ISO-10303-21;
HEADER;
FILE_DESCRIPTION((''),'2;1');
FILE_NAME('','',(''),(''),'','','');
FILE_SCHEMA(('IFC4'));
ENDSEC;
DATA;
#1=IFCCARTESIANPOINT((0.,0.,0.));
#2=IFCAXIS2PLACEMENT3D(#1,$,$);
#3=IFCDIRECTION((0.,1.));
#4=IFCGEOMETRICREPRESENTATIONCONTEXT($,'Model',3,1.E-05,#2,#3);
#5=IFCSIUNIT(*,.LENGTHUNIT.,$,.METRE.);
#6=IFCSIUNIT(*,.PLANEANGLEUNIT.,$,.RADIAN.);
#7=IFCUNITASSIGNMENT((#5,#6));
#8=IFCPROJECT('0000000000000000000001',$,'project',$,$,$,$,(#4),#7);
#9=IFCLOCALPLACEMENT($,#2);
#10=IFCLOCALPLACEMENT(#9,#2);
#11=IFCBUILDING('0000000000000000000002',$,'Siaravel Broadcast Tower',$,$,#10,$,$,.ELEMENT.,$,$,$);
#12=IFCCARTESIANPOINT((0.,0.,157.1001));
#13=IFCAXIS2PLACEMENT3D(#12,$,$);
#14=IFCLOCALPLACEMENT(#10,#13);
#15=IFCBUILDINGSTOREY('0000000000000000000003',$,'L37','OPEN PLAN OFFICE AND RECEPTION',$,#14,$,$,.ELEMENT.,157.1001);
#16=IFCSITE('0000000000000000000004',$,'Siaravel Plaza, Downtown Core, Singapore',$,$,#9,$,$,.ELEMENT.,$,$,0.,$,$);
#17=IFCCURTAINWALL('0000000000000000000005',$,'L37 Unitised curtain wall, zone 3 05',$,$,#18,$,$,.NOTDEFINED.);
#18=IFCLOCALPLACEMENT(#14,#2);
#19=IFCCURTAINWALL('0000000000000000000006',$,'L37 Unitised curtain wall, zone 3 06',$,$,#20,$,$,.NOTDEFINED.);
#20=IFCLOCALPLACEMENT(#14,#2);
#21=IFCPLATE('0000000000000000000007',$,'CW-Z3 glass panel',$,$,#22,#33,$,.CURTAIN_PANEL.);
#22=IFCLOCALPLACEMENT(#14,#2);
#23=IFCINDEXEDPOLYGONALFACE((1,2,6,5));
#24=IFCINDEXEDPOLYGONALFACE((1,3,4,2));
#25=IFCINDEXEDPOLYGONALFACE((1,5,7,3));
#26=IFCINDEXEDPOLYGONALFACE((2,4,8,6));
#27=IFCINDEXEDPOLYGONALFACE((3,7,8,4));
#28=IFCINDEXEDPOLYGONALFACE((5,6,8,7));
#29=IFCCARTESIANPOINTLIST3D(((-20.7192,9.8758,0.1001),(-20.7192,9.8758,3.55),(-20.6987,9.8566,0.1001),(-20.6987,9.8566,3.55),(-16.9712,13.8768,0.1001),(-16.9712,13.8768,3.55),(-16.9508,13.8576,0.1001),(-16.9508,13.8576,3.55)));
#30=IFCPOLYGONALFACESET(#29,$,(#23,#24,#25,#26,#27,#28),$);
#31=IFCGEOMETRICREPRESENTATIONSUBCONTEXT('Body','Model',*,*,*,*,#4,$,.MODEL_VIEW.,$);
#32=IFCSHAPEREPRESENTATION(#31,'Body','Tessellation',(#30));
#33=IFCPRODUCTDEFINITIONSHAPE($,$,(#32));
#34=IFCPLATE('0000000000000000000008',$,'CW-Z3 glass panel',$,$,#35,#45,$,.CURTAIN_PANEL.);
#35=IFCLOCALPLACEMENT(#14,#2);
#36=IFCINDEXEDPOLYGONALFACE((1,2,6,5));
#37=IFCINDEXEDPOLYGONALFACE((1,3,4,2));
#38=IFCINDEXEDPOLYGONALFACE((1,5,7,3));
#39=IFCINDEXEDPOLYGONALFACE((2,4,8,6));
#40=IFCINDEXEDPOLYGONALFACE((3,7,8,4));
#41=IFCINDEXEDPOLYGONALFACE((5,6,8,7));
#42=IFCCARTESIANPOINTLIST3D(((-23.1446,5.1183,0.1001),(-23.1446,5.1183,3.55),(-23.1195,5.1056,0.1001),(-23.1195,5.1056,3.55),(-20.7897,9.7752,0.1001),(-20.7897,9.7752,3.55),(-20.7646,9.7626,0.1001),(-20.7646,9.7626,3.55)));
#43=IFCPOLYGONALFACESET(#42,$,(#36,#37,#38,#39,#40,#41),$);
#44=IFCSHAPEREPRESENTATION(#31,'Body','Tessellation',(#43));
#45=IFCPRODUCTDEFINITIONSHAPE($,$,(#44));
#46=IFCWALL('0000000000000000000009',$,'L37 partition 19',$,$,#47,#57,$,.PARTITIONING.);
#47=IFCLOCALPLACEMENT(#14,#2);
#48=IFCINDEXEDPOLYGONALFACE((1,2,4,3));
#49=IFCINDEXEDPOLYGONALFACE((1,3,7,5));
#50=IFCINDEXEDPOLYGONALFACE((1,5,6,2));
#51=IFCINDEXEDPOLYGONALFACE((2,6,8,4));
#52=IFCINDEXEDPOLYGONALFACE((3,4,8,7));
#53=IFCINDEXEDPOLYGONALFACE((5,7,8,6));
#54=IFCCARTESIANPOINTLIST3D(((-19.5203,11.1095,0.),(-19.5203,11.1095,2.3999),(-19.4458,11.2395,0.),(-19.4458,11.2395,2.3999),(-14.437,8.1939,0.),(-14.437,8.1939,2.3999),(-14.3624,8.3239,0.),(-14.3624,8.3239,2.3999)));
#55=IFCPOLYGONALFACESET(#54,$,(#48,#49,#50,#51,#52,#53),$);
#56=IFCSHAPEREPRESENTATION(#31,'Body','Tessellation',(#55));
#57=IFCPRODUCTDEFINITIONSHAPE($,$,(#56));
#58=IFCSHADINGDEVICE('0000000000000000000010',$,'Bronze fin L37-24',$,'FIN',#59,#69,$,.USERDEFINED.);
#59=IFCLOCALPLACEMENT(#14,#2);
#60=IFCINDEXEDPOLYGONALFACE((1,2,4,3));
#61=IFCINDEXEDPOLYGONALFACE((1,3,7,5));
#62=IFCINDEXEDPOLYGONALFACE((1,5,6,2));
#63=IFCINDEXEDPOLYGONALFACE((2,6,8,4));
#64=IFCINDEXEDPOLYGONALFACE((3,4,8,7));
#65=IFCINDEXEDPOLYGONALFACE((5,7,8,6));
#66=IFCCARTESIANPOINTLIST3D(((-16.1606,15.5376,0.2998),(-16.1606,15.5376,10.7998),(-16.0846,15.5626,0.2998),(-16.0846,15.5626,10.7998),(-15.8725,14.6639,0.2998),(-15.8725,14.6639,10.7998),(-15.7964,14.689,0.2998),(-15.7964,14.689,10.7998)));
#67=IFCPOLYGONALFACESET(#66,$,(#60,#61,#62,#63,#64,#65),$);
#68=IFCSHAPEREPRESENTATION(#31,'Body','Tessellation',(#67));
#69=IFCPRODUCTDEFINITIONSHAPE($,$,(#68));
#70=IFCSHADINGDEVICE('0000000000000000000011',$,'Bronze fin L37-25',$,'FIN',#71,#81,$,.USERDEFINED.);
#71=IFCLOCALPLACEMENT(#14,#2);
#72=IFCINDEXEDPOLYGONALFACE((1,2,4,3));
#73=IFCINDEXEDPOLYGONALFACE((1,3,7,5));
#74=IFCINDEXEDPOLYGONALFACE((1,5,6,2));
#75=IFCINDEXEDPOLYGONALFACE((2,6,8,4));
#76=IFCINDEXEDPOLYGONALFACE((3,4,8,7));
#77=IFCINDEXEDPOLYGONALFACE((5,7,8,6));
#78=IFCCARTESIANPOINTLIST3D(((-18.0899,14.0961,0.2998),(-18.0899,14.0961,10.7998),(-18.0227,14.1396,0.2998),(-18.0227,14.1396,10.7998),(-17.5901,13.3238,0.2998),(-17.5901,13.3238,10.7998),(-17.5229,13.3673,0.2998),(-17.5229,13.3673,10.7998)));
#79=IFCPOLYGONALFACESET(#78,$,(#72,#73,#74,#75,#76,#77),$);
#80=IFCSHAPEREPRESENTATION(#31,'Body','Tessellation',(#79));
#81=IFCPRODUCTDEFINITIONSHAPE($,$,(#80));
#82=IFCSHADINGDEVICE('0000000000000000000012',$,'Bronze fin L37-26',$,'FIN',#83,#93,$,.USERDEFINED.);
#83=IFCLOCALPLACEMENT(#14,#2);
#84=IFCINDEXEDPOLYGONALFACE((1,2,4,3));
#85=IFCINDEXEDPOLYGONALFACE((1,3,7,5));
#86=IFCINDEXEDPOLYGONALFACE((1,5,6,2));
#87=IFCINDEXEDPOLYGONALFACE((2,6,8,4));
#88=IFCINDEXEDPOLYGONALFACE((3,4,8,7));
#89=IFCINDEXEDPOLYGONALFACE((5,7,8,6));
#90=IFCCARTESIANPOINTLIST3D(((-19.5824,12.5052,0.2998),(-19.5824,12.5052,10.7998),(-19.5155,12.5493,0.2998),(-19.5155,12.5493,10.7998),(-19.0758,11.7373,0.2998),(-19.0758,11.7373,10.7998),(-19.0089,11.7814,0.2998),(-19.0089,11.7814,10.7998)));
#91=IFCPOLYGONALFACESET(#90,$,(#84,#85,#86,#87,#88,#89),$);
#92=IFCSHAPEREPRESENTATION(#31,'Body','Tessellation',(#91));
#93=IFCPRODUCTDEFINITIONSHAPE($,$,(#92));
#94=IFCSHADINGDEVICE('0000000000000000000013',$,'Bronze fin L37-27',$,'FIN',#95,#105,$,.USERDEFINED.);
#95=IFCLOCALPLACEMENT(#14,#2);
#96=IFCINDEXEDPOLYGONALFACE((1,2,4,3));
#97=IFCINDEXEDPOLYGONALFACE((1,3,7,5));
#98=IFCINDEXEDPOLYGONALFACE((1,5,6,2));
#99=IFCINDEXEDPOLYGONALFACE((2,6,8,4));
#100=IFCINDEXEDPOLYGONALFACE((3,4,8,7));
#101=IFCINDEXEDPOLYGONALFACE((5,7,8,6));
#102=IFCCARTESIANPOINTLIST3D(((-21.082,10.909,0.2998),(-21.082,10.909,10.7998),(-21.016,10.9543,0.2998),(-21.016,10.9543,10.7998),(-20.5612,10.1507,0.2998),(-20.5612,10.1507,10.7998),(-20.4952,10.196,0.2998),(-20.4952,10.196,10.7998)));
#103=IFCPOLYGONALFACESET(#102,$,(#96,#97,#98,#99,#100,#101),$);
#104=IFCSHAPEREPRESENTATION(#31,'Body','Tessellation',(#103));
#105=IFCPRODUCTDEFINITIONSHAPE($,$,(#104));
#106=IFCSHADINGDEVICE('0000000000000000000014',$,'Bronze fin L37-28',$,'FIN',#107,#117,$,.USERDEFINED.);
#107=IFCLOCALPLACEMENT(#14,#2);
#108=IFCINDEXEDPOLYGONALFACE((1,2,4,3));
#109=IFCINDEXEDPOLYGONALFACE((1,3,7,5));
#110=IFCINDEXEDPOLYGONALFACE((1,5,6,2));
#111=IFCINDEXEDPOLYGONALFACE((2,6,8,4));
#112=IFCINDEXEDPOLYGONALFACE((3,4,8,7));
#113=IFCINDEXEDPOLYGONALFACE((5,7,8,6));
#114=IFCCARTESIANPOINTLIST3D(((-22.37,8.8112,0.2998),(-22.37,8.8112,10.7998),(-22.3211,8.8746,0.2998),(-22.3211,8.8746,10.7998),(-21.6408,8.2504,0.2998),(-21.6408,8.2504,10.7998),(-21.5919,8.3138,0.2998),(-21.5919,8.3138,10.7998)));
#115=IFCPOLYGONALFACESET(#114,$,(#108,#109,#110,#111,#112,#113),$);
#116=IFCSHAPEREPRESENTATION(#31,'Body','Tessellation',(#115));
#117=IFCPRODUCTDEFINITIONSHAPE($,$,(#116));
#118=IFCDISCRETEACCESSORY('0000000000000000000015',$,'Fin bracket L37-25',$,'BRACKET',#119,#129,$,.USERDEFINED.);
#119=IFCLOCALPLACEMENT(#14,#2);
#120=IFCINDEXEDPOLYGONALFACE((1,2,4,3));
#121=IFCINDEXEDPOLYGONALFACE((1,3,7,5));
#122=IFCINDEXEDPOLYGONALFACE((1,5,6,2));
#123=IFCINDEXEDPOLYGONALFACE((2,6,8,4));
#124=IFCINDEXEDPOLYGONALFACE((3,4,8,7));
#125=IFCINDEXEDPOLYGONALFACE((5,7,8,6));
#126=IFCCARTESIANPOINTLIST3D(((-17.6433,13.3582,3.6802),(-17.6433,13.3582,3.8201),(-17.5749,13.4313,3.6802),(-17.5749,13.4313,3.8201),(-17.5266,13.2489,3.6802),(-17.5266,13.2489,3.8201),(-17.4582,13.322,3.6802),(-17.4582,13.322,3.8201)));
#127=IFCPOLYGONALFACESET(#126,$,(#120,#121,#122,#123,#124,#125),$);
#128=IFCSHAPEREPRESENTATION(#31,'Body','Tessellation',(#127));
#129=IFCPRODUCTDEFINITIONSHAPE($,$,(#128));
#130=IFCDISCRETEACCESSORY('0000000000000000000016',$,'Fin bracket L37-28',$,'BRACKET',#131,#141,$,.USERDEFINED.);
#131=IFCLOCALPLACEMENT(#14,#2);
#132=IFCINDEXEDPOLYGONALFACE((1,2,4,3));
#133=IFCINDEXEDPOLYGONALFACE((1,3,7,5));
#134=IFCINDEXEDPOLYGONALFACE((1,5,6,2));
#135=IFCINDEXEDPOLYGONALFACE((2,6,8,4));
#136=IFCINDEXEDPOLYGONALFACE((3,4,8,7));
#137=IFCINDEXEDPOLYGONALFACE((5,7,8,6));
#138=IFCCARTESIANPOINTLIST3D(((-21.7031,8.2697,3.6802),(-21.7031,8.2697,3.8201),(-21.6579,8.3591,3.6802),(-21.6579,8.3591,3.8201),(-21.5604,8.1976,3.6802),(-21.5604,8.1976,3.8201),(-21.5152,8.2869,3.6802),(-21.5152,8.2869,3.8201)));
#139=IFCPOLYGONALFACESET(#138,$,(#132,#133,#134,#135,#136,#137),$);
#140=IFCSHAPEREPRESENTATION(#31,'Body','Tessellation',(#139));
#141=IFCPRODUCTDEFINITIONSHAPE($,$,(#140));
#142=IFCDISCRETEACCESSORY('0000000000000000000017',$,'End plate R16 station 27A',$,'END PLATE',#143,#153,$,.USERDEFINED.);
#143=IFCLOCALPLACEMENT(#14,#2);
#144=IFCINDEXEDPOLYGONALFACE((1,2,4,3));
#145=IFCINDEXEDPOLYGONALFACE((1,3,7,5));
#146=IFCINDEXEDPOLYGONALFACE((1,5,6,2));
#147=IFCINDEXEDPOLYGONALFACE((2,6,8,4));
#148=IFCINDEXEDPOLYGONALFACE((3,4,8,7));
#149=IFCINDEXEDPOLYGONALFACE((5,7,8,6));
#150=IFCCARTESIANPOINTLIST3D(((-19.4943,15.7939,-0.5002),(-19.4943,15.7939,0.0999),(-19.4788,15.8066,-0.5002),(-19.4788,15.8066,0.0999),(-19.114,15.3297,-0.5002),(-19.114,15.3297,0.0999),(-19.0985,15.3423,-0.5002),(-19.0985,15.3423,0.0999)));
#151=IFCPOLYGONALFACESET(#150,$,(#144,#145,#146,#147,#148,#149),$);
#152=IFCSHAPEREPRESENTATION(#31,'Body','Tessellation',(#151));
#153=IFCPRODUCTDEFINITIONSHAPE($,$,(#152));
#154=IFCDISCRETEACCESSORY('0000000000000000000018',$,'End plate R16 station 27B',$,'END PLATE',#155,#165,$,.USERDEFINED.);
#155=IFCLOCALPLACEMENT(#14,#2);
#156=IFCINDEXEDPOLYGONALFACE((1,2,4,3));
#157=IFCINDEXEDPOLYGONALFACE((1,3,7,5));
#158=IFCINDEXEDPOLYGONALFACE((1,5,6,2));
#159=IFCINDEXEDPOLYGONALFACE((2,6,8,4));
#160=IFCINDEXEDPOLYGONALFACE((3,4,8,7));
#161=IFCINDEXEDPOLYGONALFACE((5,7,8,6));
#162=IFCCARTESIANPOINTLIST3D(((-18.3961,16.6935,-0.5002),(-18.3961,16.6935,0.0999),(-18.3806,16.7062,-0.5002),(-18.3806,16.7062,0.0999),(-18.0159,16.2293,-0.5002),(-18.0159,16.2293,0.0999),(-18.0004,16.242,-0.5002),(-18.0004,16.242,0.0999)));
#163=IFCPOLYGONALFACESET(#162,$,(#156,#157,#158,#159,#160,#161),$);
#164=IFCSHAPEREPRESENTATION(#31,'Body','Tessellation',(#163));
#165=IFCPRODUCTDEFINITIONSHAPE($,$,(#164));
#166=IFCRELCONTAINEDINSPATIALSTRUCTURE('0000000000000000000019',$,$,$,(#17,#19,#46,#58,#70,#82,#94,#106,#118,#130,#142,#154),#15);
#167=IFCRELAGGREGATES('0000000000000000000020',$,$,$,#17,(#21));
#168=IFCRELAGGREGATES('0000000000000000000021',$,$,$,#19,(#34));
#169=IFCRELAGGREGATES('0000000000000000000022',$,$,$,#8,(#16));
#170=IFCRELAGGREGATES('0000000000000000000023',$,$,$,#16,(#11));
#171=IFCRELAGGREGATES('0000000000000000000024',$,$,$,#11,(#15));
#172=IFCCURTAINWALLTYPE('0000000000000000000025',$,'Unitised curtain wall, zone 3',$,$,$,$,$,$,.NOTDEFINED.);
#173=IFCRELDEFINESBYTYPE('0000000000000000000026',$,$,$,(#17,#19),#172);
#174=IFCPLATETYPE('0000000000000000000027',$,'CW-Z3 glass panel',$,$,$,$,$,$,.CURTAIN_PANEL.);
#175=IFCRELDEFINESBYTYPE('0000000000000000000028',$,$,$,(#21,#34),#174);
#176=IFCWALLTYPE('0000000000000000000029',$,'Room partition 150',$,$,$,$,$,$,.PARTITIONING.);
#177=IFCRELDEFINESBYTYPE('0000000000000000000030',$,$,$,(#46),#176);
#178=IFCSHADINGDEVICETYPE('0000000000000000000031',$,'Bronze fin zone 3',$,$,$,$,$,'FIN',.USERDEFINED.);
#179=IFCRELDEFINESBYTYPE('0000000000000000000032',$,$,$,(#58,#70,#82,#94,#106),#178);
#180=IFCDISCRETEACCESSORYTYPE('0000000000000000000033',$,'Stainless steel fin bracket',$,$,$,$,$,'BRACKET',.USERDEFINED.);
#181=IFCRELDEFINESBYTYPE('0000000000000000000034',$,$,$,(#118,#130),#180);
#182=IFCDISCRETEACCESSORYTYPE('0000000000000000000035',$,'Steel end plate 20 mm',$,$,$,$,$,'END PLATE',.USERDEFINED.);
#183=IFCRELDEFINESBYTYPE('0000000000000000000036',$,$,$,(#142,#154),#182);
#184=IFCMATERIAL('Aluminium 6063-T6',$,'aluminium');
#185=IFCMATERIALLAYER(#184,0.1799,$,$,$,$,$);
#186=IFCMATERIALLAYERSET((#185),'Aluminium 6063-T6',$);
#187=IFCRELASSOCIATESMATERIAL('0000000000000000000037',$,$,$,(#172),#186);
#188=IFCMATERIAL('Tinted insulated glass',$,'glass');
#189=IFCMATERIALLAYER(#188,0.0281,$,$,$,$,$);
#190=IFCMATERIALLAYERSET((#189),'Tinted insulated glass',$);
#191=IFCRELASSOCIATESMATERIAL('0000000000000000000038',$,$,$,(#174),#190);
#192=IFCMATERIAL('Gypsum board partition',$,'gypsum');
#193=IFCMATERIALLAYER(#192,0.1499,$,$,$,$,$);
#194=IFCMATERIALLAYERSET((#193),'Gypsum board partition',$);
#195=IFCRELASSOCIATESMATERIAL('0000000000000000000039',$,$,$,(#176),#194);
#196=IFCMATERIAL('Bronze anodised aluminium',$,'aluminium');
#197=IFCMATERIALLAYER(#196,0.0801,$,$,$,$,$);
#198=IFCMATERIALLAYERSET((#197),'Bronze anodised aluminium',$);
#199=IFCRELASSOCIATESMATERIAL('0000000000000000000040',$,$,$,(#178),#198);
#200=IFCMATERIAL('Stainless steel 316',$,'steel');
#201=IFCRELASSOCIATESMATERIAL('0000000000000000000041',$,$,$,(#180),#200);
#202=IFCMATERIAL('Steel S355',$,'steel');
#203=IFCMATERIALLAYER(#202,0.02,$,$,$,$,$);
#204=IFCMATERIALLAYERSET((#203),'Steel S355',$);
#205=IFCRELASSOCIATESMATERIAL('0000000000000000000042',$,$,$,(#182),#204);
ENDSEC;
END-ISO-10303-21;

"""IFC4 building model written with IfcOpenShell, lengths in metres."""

from ifc_helpers import new_model, si_unit, direction, frame, frame_2d, origin, origin_2d, place, context, subcontext, project, spatial, rectangle, extrude, material, layer, layer_set, type_object, element, aggregate, save


model = new_model("IFC4")

# Units and contexts
model_context = context("Model", 3, precision=1e-05, world=origin(), true_north=direction((0.0, 1.0)))
body_context = subcontext(model_context, "Body", "Model", "MODEL_VIEW")
ifc_project = project(units=[si_unit("LENGTHUNIT", "METRE"), si_unit("PLANEANGLEUNIT", "RADIAN")], contexts=[model_context])

# Site, building, storey
site_placement = place(None, origin())
site = spatial("IfcSite", under=ifc_project, at=site_placement, Name="Siaravel Plaza, Downtown Core, Singapore", CompositionType="ELEMENT", RefElevation=0.0)
building_placement = place(site_placement, origin())
building = spatial("IfcBuilding", under=site, at=building_placement, Name="Siaravel Broadcast Tower", CompositionType="ELEMENT")
storey_placement = place(building_placement, frame((0.0, 0.0, 157.1001)))
storey = spatial("IfcBuildingStorey", under=building, at=storey_placement, Name="L37", Description="OPEN PLAN OFFICE AND RECEPTION", CompositionType="ELEMENT", Elevation=157.1001)

# Shared definitions
ifc_material_1 = material(Name="Steel S355", Category="steel")

# Curtain wall
ifc_material_2 = material(Name="Aluminium 6063-T6", Category="aluminium")
ifc_layer_1 = layer(ifc_material_2, 0.1799)
ifc_layer_set_1 = layer_set([ifc_layer_1], Name="Aluminium 6063-T6")
curtain_wall_type = type_object("IfcCurtainWallType", Name="Unitised curtain wall, zone 3", PredefinedType="NOTDEFINED", material=ifc_layer_set_1)
curtain_wall_1_placement = place(storey_placement, origin())
curtain_wall_1 = element("IfcCurtainWall", 1, at=curtain_wall_1_placement, inside=storey, type_object=curtain_wall_type, Name="L37 Unitised curtain wall, zone 3 05", PredefinedType="NOTDEFINED")

# Curtain wall
curtain_wall_2_placement = place(storey_placement, origin())
curtain_wall_2 = element("IfcCurtainWall", 2, at=curtain_wall_2_placement, inside=storey, type_object=curtain_wall_type, Name="L37 Unitised curtain wall, zone 3 06", PredefinedType="NOTDEFINED")

# Plates
ifc_material_3 = material(Name="Tinted insulated glass", Category="glass")
ifc_layer_2 = layer(ifc_material_3, 0.0281)
ifc_layer_set_2 = layer_set([ifc_layer_2], Name="Tinted insulated glass")
plate_type = type_object("IfcPlateType", Name="CW-Z3 glass panel", PredefinedType="CURTAIN_PANEL", material=ifc_layer_set_2)
plate_1_placement = place(storey_placement, frame((-18.835, 11.8667, 0.1001), z_axis=(0.0, 0.0, 1.0), x_axis=(-0.683654, -0.729806, 0.0)))
plate_1 = element("IfcPlate", 3, at=plate_1_placement, type_object=plate_type, Name="CW-Z3 glass panel", PredefinedType="CURTAIN_PANEL", context=body_context, shape_type="SweptSolid", body=[
    extrude(rectangle(XDim=5.4822, YDim=0.0281, at=origin_2d()), origin(), (0.0, 0.0, 1.0), 3.45),
])
aggregate(curtain_wall_1, [plate_1])
plate_2_placement = place(storey_placement, frame((-21.9546, 7.4404, 0.1001), z_axis=(0.0, 0.0, 1.0), x_axis=(-0.45126, -0.892393, 0.0)))
plate_2 = element("IfcPlate", 4, at=plate_2_placement, type_object=plate_type, Name="CW-Z3 glass panel", PredefinedType="CURTAIN_PANEL", context=body_context, shape_type="SweptSolid", body=[
    extrude(rectangle(XDim=5.2185, YDim=0.0281, at=origin_2d()), origin(), (0.0, 0.0, 1.0), 3.45),
])
aggregate(curtain_wall_2, [plate_2])

# Wall
ifc_material_4 = material(Name="Gypsum board partition", Category="gypsum")
ifc_layer_3 = layer(ifc_material_4, 0.1499)
ifc_layer_set_3 = layer_set([ifc_layer_3], Name="Gypsum board partition")
wall_type = type_object("IfcWallType", Name="Room partition 150", PredefinedType="PARTITIONING", material=ifc_layer_set_3)
wall_placement = place(storey_placement, frame((-19.4832, 11.1746, 0.0), z_axis=(0.0, 0.0, 1.0), x_axis=(0.867447, -0.497529, 0.0)))
element("IfcWall", 5, at=wall_placement, inside=storey, type_object=wall_type, Name="L37 partition 19", PredefinedType="PARTITIONING", context=body_context, shape_type="SweptSolid", body=[
    extrude(rectangle(XDim=5.8601, YDim=0.1499, at=frame_2d((2.9302, 0.0))), origin(), (0.0, 0.0, 1.0), 2.3999),
])

# Shading devices
ifc_material_5 = material(Name="Bronze anodised aluminium", Category="aluminium")
ifc_layer_4 = layer(ifc_material_5, 0.0801)
ifc_layer_set_4 = layer_set([ifc_layer_4], Name="Bronze anodised aluminium")
shading_device_type = type_object("IfcShadingDeviceType", Name="Bronze fin zone 3", ElementType="FIN", PredefinedType="USERDEFINED", material=ifc_layer_set_4)
for number, where, z_axis, x_axis, name in (
    (6, (-15.9785, 15.1133, 0.2998), (0.0, 0.0, 1.0), (-0.313228, 0.949678, 0.0), "Bronze fin L37-24"),
    (7, (-17.8064, 13.7317, 0.2998), (0.0, 0.0, 1.0), (-0.54332, 0.839526, 0.0), "Bronze fin L37-25"),
    (8, (-19.2957, 12.1433, 0.2998), (0.0, 0.0, 1.0), (-0.550721, 0.834689, 0.0), "Bronze fin L37-26"),
    (9, (-20.7886, 10.5525, 0.2998), (0.0, 0.0, 1.0), (-0.566166, 0.824291, 0.0), "Bronze fin L37-27"),
    (10, (-21.981, 8.5625, 0.2998), (0.0, 0.0, 1.0), (-0.79268, 0.609638, 0.0), "Bronze fin L37-28"),
):
    element("IfcShadingDevice", number, at=place(storey_placement, frame(where, z_axis=z_axis, x_axis=x_axis)), inside=storey, type_object=shading_device_type, Name=name, ObjectType="FIN", PredefinedType="USERDEFINED", context=body_context, shape_type="SweptSolid", body=[
        extrude(rectangle(XDim=0.9199, YDim=0.0801, at=origin_2d()), origin(), (0.0, 0.0, 1.0), 10.5),
    ])

# Discrete accessories
ifc_material_6 = material(Name="Stainless steel 316", Category="steel")
discrete_accessory_type_1 = type_object("IfcDiscreteAccessoryType", Name="Stainless steel fin bracket", ElementType="BRACKET", PredefinedType="USERDEFINED", material=ifc_material_6)
for number, where, z_axis, x_axis, name in (
    (11, (-17.5508, 13.3401, 3.6802), (0.0, 0.0, 1.0), (-0.729806, 0.683655, 0.0), "Fin bracket L37-25"),
    (12, (-21.6091, 8.2783, 3.6802), (0.0, 0.0, 1.0), (-0.892393, 0.451259, 0.0), "Fin bracket L37-28"),
):
    element("IfcDiscreteAccessory", number, at=place(storey_placement, frame(where, z_axis=z_axis, x_axis=x_axis)), inside=storey, type_object=discrete_accessory_type_1, Name=name, ObjectType="BRACKET", PredefinedType="USERDEFINED", context=body_context, shape_type="SweptSolid", body=[
        extrude(rectangle(XDim=0.1599, YDim=0.1001, at=origin_2d()), origin(), (0.0, 0.0, 1.0), 0.1399),
    ])
ifc_layer_5 = layer(ifc_material_1, 0.02)
ifc_layer_set_5 = layer_set([ifc_layer_5], Name="Steel S355")
discrete_accessory_type_2 = type_object("IfcDiscreteAccessoryType", Name="Steel end plate 20 mm", ElementType="END PLATE", PredefinedType="USERDEFINED", material=ifc_layer_set_5)
for number, where, z_axis, x_axis, name in (
    (13, (-19.2964, 15.5681, -0.5002), (0.0, 0.0, 1.0), (-0.773605, -0.633669, 0.0), "End plate R16 station 27A"),
    (14, (-18.1982, 16.4678, -0.5002), (0.0, 0.0, 1.0), (-0.773605, -0.633669, 0.0), "End plate R16 station 27B"),
):
    element("IfcDiscreteAccessory", number, at=place(storey_placement, frame(where, z_axis=z_axis, x_axis=x_axis)), inside=storey, type_object=discrete_accessory_type_2, Name=name, ObjectType="END PLATE", PredefinedType="USERDEFINED", context=body_context, shape_type="SweptSolid", body=[
        extrude(rectangle(XDim=0.02, YDim=0.6001, at=origin_2d()), origin(), (0.0, 0.0, 1.0), 0.6001),
    ])

save(model, "model.ifc")
